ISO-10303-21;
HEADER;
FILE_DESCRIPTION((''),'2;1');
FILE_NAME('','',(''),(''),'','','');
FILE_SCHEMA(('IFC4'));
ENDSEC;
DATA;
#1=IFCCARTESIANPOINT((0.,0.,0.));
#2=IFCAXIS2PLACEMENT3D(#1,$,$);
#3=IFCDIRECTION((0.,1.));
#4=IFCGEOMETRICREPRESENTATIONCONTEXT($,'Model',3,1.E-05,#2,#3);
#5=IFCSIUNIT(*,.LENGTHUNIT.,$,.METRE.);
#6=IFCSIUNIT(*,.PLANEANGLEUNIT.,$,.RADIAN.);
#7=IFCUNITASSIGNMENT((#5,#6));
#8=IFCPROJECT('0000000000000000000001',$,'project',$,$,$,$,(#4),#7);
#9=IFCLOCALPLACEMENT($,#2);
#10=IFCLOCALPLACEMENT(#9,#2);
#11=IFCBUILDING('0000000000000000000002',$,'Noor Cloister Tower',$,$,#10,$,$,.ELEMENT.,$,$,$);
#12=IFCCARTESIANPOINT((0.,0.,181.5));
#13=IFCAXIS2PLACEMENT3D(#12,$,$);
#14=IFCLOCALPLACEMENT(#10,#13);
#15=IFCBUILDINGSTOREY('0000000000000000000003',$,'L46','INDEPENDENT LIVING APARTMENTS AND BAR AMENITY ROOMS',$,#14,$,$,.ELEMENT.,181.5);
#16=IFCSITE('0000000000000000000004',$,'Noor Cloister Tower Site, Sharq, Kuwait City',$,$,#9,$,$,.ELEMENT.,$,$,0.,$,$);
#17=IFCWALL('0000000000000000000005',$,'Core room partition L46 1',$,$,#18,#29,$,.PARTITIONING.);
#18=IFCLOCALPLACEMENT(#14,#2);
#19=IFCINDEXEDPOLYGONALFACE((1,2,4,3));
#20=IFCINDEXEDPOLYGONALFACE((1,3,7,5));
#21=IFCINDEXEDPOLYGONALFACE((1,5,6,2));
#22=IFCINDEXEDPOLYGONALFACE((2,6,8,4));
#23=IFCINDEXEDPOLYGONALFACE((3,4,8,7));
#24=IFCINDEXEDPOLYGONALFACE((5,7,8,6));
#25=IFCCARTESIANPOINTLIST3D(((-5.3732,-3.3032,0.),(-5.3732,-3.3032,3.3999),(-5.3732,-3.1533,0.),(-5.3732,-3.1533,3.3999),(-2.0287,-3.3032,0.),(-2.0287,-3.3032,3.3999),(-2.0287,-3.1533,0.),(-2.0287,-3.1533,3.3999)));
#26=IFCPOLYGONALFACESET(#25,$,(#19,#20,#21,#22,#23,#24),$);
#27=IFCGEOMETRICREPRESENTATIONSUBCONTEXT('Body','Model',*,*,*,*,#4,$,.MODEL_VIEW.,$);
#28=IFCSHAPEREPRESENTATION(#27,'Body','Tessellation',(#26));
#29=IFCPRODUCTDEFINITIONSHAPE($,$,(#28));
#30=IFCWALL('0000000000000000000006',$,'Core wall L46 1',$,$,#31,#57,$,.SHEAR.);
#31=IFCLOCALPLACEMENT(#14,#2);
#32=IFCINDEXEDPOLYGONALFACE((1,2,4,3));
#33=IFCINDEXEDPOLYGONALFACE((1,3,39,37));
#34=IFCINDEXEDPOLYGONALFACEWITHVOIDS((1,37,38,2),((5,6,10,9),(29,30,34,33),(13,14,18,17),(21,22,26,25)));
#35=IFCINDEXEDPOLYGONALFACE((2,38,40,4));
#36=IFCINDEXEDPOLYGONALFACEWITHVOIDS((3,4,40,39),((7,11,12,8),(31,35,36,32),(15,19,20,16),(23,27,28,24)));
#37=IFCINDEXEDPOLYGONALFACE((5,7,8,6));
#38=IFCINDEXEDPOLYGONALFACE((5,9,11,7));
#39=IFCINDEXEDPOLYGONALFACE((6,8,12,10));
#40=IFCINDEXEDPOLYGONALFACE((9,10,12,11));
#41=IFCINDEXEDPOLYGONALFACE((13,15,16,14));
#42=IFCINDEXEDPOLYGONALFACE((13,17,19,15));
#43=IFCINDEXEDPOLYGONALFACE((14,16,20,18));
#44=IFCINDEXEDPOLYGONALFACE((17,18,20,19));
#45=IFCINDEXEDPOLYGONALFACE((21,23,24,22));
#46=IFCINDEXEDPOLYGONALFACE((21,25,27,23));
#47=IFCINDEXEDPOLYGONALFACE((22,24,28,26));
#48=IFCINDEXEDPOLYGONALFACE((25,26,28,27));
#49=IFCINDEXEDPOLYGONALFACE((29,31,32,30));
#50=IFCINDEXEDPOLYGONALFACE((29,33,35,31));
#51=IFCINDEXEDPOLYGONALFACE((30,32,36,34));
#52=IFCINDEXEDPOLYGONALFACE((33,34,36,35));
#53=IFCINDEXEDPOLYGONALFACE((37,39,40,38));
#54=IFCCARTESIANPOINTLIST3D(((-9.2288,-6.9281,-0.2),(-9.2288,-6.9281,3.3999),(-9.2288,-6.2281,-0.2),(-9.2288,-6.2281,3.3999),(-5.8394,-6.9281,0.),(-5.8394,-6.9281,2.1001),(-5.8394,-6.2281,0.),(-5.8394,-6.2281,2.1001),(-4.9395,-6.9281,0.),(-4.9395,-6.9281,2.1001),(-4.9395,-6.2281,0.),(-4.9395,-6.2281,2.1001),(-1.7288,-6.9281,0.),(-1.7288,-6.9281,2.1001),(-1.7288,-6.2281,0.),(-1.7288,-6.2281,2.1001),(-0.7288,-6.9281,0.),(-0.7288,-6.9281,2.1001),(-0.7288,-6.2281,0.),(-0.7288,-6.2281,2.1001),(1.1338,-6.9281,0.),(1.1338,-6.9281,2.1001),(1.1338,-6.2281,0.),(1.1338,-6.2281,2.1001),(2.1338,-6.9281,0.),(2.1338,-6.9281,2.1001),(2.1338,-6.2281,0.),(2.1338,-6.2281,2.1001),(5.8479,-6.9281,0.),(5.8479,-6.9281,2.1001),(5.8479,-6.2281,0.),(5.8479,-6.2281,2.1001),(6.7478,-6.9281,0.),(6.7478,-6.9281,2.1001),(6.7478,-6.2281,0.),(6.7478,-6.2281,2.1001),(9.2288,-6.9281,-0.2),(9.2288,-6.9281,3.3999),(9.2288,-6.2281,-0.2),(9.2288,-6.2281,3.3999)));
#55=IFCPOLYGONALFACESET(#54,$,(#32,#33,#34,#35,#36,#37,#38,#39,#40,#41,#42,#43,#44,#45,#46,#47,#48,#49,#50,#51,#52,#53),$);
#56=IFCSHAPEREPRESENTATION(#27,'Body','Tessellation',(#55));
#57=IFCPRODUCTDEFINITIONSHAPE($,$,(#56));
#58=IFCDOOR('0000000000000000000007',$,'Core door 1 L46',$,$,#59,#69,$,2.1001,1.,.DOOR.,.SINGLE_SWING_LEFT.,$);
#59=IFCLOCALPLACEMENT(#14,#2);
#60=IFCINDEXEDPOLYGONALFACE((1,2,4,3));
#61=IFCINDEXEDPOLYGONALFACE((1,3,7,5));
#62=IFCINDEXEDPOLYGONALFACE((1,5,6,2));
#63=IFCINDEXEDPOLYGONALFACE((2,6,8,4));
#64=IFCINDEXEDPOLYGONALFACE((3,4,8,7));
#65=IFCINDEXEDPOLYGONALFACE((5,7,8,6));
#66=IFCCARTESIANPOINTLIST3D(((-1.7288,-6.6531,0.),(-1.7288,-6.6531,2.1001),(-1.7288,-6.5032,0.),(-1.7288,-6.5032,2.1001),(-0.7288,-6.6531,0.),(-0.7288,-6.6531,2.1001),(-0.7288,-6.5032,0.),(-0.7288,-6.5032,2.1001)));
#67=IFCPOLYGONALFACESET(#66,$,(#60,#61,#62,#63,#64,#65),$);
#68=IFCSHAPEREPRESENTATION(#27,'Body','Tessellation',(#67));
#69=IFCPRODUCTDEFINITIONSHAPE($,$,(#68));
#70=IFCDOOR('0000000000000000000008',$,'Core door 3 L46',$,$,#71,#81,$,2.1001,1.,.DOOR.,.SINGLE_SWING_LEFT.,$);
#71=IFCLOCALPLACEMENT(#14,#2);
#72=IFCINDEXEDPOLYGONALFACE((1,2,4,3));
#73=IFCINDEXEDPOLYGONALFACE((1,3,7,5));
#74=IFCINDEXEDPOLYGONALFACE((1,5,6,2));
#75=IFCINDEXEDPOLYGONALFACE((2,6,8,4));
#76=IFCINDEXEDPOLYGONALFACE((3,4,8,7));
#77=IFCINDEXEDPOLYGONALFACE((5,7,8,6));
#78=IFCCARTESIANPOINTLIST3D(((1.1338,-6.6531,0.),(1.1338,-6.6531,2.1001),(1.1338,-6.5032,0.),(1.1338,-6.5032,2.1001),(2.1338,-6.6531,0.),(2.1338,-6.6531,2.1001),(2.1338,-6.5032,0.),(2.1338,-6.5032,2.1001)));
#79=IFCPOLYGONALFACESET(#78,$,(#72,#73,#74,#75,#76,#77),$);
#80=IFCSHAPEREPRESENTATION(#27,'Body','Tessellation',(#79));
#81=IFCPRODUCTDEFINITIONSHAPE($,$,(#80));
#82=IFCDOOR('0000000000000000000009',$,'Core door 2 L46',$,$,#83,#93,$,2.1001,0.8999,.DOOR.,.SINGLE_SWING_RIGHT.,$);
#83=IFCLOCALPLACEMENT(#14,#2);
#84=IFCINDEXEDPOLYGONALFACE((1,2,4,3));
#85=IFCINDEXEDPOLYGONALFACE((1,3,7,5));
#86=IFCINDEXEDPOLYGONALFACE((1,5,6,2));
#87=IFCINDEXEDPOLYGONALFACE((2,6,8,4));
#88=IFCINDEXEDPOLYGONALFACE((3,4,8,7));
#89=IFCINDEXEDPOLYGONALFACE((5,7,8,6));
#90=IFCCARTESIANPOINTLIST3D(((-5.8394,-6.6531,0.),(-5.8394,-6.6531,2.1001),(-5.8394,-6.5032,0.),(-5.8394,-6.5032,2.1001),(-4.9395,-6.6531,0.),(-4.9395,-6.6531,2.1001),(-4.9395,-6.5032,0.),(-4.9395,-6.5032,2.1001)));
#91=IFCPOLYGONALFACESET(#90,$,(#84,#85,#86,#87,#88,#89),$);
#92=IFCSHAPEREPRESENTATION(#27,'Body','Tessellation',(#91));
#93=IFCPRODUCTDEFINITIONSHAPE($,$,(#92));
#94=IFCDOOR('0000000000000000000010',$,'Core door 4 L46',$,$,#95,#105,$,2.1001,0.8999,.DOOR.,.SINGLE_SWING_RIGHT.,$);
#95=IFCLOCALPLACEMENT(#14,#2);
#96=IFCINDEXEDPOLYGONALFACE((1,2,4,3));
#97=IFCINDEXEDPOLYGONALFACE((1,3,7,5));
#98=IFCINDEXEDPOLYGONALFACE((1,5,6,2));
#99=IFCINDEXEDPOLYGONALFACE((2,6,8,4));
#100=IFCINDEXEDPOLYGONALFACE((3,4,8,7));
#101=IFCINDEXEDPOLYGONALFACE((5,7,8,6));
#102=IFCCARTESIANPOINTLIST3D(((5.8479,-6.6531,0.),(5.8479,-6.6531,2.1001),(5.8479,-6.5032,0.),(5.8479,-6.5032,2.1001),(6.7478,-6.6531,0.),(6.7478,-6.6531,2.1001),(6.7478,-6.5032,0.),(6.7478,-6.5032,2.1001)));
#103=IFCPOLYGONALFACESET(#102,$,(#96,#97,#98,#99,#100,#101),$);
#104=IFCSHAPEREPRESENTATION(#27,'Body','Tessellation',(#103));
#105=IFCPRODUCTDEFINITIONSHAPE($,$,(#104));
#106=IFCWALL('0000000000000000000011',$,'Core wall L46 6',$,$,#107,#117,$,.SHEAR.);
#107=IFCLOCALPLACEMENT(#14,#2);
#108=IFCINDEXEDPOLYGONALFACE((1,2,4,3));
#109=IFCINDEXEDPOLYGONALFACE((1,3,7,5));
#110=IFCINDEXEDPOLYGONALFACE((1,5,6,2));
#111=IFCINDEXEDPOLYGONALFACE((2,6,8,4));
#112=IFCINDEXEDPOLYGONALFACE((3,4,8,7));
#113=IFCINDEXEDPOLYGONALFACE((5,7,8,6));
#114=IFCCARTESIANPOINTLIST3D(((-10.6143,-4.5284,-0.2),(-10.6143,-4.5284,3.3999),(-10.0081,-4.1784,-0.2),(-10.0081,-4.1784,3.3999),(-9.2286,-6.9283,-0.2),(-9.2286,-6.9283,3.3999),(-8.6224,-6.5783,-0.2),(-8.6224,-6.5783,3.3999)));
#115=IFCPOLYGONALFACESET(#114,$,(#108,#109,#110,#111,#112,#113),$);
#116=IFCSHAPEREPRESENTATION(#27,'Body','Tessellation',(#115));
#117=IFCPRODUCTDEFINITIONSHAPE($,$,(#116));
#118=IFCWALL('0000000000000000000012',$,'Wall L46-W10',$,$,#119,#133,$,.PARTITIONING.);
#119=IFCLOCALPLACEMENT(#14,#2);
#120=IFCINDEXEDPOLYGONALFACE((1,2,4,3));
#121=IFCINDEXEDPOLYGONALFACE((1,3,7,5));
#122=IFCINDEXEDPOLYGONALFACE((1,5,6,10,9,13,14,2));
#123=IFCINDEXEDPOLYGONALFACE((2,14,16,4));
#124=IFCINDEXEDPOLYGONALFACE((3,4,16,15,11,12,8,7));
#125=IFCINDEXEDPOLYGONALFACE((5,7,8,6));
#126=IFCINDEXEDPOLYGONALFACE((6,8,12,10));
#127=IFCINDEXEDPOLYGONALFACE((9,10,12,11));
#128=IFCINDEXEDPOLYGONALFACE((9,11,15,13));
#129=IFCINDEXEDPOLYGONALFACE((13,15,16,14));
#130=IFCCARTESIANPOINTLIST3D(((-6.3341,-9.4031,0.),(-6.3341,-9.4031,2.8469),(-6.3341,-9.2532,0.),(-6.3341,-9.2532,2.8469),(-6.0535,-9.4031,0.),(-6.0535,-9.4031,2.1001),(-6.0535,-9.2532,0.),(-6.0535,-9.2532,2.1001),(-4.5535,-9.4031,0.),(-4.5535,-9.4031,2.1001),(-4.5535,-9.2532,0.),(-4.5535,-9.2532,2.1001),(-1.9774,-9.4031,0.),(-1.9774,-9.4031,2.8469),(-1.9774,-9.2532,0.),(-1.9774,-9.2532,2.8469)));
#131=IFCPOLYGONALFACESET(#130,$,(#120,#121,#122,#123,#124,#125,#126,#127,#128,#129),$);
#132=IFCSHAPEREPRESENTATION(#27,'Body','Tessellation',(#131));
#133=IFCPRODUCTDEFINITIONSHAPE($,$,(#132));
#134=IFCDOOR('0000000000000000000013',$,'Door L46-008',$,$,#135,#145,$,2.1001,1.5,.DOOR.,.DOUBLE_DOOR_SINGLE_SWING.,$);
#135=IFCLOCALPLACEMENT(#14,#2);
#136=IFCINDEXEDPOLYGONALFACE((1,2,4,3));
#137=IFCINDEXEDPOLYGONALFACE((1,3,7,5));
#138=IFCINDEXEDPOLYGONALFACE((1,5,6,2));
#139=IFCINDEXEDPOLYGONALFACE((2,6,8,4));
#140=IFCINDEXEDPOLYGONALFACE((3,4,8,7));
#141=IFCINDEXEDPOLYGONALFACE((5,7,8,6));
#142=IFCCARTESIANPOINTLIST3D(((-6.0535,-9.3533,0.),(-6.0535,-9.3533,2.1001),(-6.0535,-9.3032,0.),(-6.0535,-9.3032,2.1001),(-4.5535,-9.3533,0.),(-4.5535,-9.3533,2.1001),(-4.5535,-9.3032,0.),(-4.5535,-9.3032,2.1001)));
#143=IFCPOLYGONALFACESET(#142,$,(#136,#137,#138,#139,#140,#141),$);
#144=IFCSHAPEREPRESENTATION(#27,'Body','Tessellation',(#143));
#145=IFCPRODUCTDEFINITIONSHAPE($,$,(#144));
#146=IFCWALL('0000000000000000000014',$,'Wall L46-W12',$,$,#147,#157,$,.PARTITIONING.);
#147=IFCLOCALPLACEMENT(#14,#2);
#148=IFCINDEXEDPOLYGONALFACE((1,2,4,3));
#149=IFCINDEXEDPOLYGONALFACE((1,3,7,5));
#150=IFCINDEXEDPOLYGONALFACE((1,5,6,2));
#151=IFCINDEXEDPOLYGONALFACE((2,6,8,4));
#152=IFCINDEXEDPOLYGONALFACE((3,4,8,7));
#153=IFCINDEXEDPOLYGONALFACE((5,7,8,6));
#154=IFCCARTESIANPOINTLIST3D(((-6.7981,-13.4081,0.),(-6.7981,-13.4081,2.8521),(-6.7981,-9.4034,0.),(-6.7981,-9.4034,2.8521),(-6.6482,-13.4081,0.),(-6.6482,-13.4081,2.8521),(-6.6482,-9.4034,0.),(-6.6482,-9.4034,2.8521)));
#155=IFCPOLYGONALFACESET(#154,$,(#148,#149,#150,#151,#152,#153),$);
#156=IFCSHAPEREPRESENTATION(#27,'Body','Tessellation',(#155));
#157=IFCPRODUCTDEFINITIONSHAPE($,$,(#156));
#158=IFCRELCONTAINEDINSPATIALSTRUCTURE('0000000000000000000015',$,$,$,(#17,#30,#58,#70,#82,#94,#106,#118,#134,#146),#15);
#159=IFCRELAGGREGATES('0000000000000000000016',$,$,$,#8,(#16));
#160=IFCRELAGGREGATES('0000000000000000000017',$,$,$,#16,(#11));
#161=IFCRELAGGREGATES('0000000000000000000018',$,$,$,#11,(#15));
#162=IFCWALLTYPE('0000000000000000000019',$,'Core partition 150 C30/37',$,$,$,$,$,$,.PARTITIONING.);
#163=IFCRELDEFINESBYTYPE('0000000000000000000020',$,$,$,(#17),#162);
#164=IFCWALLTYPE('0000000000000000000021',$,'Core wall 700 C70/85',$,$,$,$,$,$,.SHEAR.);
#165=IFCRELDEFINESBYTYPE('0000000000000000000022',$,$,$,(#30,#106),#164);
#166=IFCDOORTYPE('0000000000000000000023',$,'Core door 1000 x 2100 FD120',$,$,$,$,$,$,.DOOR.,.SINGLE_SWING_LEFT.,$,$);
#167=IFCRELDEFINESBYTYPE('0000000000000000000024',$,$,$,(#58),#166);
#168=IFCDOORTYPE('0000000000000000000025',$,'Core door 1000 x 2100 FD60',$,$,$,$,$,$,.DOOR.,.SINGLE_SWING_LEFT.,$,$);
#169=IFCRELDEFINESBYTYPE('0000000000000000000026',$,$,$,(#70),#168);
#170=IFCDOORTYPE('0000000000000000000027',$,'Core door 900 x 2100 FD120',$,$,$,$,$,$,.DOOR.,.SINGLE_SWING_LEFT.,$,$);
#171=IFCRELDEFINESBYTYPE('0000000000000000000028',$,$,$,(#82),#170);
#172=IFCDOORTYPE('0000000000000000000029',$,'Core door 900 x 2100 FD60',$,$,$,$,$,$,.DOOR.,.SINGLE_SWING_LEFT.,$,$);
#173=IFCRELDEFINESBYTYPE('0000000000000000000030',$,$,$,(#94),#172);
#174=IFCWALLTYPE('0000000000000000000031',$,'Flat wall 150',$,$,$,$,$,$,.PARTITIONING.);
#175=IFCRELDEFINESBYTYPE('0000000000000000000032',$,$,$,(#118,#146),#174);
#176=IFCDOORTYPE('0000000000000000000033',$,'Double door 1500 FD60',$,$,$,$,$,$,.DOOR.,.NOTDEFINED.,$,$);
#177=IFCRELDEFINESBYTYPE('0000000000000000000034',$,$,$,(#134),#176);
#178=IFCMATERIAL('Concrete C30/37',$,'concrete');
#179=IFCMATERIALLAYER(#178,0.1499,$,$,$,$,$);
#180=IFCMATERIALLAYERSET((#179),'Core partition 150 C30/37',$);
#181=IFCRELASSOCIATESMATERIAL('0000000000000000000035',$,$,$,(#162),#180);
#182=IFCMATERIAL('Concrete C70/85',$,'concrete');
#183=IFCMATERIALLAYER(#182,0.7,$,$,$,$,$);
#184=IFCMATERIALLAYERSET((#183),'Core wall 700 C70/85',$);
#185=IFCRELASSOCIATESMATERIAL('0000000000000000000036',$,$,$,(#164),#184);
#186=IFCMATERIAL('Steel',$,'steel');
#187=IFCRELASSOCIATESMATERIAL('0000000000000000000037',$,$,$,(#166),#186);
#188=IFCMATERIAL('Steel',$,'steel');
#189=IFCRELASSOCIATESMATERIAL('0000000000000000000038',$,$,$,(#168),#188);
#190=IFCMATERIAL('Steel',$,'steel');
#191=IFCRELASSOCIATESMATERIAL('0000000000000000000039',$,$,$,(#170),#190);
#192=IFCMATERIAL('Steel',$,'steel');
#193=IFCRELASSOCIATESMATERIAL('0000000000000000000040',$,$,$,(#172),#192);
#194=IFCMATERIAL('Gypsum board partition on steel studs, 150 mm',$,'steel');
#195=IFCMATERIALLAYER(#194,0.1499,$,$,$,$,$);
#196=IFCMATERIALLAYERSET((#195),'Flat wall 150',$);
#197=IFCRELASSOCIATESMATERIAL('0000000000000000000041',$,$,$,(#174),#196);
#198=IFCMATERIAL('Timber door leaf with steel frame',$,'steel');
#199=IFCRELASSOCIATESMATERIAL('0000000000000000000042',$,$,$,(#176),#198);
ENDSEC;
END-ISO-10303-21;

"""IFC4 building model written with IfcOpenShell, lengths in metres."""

from ifc_helpers import new_model, si_unit, direction, frame, frame_2d, origin, place, context, subcontext, project, spatial, rectangle, extrude, material, layer, layer_set, type_object, element, fill, save


model = new_model("IFC4")

# Units and contexts
model_context = context("Model", 3, precision=1e-05, world=origin(), true_north=direction((0.0, 1.0)))
body_context = subcontext(model_context, "Body", "Model", "MODEL_VIEW")
ifc_project = project(units=[si_unit("LENGTHUNIT", "METRE"), si_unit("PLANEANGLEUNIT", "RADIAN")], contexts=[model_context])

# Site, building, storey
site_placement = place(None, origin())
site = spatial("IfcSite", under=ifc_project, at=site_placement, Name="Noor Cloister Tower Site, Sharq, Kuwait City", CompositionType="ELEMENT", RefElevation=0.0)
building_placement = place(site_placement, origin())
building = spatial("IfcBuilding", under=site, at=building_placement, Name="Noor Cloister Tower", CompositionType="ELEMENT")
storey_placement = place(building_placement, frame((0.0, 0.0, 181.5)))
storey = spatial("IfcBuildingStorey", under=building, at=storey_placement, Name="L46", Description="INDEPENDENT LIVING APARTMENTS AND BAR AMENITY ROOMS", CompositionType="ELEMENT", Elevation=181.5)

# Wall
ifc_material_1 = material(Name="Concrete C30/37", Category="concrete")
ifc_layer_1 = layer(ifc_material_1, 0.1499)
ifc_layer_set_1 = layer_set([ifc_layer_1], Name="Core partition 150 C30/37")
wall_type_1 = type_object("IfcWallType", Name="Core partition 150 C30/37", PredefinedType="PARTITIONING", material=ifc_layer_set_1)
wall_1_placement = place(storey_placement, frame((-5.3733, -3.2283, 0.0), z_axis=(0.0, 0.0, 1.0), x_axis=(1.0, 0.0, 0.0)))
element("IfcWall", 1, at=wall_1_placement, inside=storey, type_object=wall_type_1, Name="Core room partition L46 1", PredefinedType="PARTITIONING", context=body_context, shape_type="SweptSolid", body=[
    extrude(rectangle(XDim=3.3445, YDim=0.1499, at=frame_2d((1.6724, 0.0))), origin(), (0.0, 0.0, 1.0), 3.3999),
])

# Wall, openings, doors
ifc_material_2 = material(Name="Concrete C70/85", Category="concrete")
ifc_layer_2 = layer(ifc_material_2, 0.7)
ifc_layer_set_2 = layer_set([ifc_layer_2], Name="Core wall 700 C70/85")
wall_type_2 = type_object("IfcWallType", Name="Core wall 700 C70/85", PredefinedType="SHEAR", material=ifc_layer_set_2)
wall_2_placement = place(storey_placement, frame((-9.2288, -6.5781, -0.2), z_axis=(0.0, 0.0, 1.0), x_axis=(1.0, 0.0, 0.0)))
wall_2 = element("IfcWall", 2, at=wall_2_placement, inside=storey, type_object=wall_type_2, Name="Core wall L46 1", PredefinedType="SHEAR", context=body_context, shape_type="SweptSolid", body=[
    extrude(rectangle(XDim=18.4575, YDim=0.7, at=frame_2d((9.2288, 0.0))), origin(), (0.0, 0.0, 1.0), 3.5999),
])
opening_1_placement = place(wall_2_placement, frame((7.5, 0.0, 0.2)))
opening_1 = element("IfcOpeningElement", 3, at=opening_1_placement, cuts=wall_2, PredefinedType="OPENING", context=body_context, shape_type="SweptSolid", body=[
    extrude(rectangle(XDim=1.0, YDim=2.1001, at=frame_2d((0.5, 1.05))), frame((0.0, 0.3599, 0.0), z_axis=(0.0, -1.0, 0.0), x_axis=(1.0, 0.0, 0.0)), (0.0, 0.0, 1.0), 0.72),
])
opening_2_placement = place(wall_2_placement, frame((3.3894, 0.0, 0.2)))
opening_2 = element("IfcOpeningElement", 4, at=opening_2_placement, cuts=wall_2, PredefinedType="OPENING", context=body_context, shape_type="SweptSolid", body=[
    extrude(rectangle(XDim=0.8999, YDim=2.1001, at=frame_2d((0.45, 1.05))), frame((0.0, 0.3599, 0.0), z_axis=(0.0, -1.0, 0.0), x_axis=(1.0, 0.0, 0.0)), (0.0, 0.0, 1.0), 0.72),
])
opening_3_placement = place(wall_2_placement, frame((10.3625, 0.0, 0.2)))
opening_3 = element("IfcOpeningElement", 5, at=opening_3_placement, cuts=wall_2, PredefinedType="OPENING", context=body_context, shape_type="SweptSolid", body=[
    extrude(rectangle(XDim=1.0, YDim=2.1001, at=frame_2d((0.5, 1.05))), frame((0.0, 0.3599, 0.0), z_axis=(0.0, -1.0, 0.0), x_axis=(1.0, 0.0, 0.0)), (0.0, 0.0, 1.0), 0.72),
])
opening_4_placement = place(wall_2_placement, frame((15.0767, 0.0, 0.2)))
opening_4 = element("IfcOpeningElement", 6, at=opening_4_placement, cuts=wall_2, PredefinedType="OPENING", context=body_context, shape_type="SweptSolid", body=[
    extrude(rectangle(XDim=0.8999, YDim=2.1001, at=frame_2d((0.45, 1.05))), frame((0.0, 0.3599, 0.0), z_axis=(0.0, -1.0, 0.0), x_axis=(1.0, 0.0, 0.0)), (0.0, 0.0, 1.0), 0.72),
])
ifc_material_3 = material(Name="Steel", Category="steel")
door_type_1 = type_object("IfcDoorType", Name="Core door 1000 x 2100 FD120", OperationType="SINGLE_SWING_LEFT", PredefinedType="DOOR", material=ifc_material_3)
door_1_placement = place(opening_1_placement, origin())
door_1 = element("IfcDoor", 7, at=door_1_placement, inside=storey, type_object=door_type_1, Name="Core door 1 L46", OperationType="SINGLE_SWING_LEFT", OverallHeight=2.1001, OverallWidth=1.0, PredefinedType="DOOR", context=body_context, shape_type="SweptSolid", body=[
    extrude(rectangle(XDim=1.0, YDim=2.1001, at=frame_2d((0.5, 1.05))), frame((0.0, 0.075, 0.0), z_axis=(0.0, -1.0, 0.0), x_axis=(1.0, 0.0, 0.0)), (0.0, 0.0, 1.0), 0.1499),
])
fill(opening_1, door_1)
ifc_material_4 = material(Name="Steel", Category="steel")
door_type_2 = type_object("IfcDoorType", Name="Core door 1000 x 2100 FD60", OperationType="SINGLE_SWING_LEFT", PredefinedType="DOOR", material=ifc_material_4)
door_2_placement = place(opening_3_placement, origin())
door_2 = element("IfcDoor", 8, at=door_2_placement, inside=storey, type_object=door_type_2, Name="Core door 3 L46", OperationType="SINGLE_SWING_LEFT", OverallHeight=2.1001, OverallWidth=1.0, PredefinedType="DOOR", context=body_context, shape_type="SweptSolid", body=[
    extrude(rectangle(XDim=1.0, YDim=2.1001, at=frame_2d((0.5, 1.05))), frame((0.0, 0.075, 0.0), z_axis=(0.0, -1.0, 0.0), x_axis=(1.0, 0.0, 0.0)), (0.0, 0.0, 1.0), 0.1499),
])
fill(opening_3, door_2)
ifc_material_5 = material(Name="Steel", Category="steel")
door_type_3 = type_object("IfcDoorType", Name="Core door 900 x 2100 FD120", OperationType="SINGLE_SWING_LEFT", PredefinedType="DOOR", material=ifc_material_5)
door_3_placement = place(opening_2_placement, origin())
door_3 = element("IfcDoor", 9, at=door_3_placement, inside=storey, type_object=door_type_3, Name="Core door 2 L46", OperationType="SINGLE_SWING_RIGHT", OverallHeight=2.1001, OverallWidth=0.8999, PredefinedType="DOOR", context=body_context, shape_type="SweptSolid", body=[
    extrude(rectangle(XDim=0.8999, YDim=2.1001, at=frame_2d((0.45, 1.05))), frame((0.0, 0.075, 0.0), z_axis=(0.0, -1.0, 0.0), x_axis=(1.0, 0.0, 0.0)), (0.0, 0.0, 1.0), 0.1499),
])
fill(opening_2, door_3)
ifc_material_6 = material(Name="Steel", Category="steel")
door_type_4 = type_object("IfcDoorType", Name="Core door 900 x 2100 FD60", OperationType="SINGLE_SWING_LEFT", PredefinedType="DOOR", material=ifc_material_6)
door_4_placement = place(opening_4_placement, origin())
door_4 = element("IfcDoor", 10, at=door_4_placement, inside=storey, type_object=door_type_4, Name="Core door 4 L46", OperationType="SINGLE_SWING_RIGHT", OverallHeight=2.1001, OverallWidth=0.8999, PredefinedType="DOOR", context=body_context, shape_type="SweptSolid", body=[
    extrude(rectangle(XDim=0.8999, YDim=2.1001, at=frame_2d((0.45, 1.05))), frame((0.0, 0.075, 0.0), z_axis=(0.0, -1.0, 0.0), x_axis=(1.0, 0.0, 0.0)), (0.0, 0.0, 1.0), 0.1499),
])
fill(opening_4, door_4)

# Wall
wall_3_placement = place(storey_placement, frame((-10.3113, -4.3533, -0.2), z_axis=(0.0, 0.0, 1.0), x_axis=(0.500043, -0.866001, 0.0)))
element("IfcWall", 11, at=wall_3_placement, inside=storey, type_object=wall_type_2, Name="Core wall L46 6", PredefinedType="SHEAR", context=body_context, shape_type="SweptSolid", body=[
    extrude(rectangle(XDim=2.7712, YDim=0.7, at=frame_2d((1.3857, 0.0))), origin(), (0.0, 0.0, 1.0), 3.5999),
])

# Wall, opening, door
ifc_material_7 = material(Name="Gypsum board partition on steel studs, 150 mm", Category="steel")
ifc_layer_3 = layer(ifc_material_7, 0.1499)
ifc_layer_set_3 = layer_set([ifc_layer_3], Name="Flat wall 150")
wall_type_3 = type_object("IfcWallType", Name="Flat wall 150", PredefinedType="PARTITIONING", material=ifc_layer_set_3)
wall_4_placement = place(storey_placement, frame((-6.334, -9.3281, 0.0), z_axis=(0.0, 0.0, 1.0), x_axis=(1.0, 0.0, 0.0)))
wall_4 = element("IfcWall", 12, at=wall_4_placement, inside=storey, type_object=wall_type_3, Name="Wall L46-W10", PredefinedType="PARTITIONING", context=body_context, shape_type="SweptSolid", body=[
    extrude(rectangle(XDim=4.3567, YDim=0.1499, at=frame_2d((2.1782, 0.0))), origin(), (0.0, 0.0, 1.0), 2.8469),
])
opening_5_placement = place(wall_4_placement, frame((0.2805, 0.0, 0.0)))
opening_5 = element("IfcOpeningElement", 13, at=opening_5_placement, cuts=wall_4, PredefinedType="OPENING", context=body_context, shape_type="SweptSolid", body=[
    extrude(rectangle(XDim=1.5, YDim=2.1001, at=frame_2d((0.75, 1.05))), frame((0.0, 0.085, 0.0), z_axis=(0.0, -1.0, 0.0), x_axis=(1.0, 0.0, 0.0)), (0.0, 0.0, 1.0), 0.1699),
])
ifc_material_8 = material(Name="Timber door leaf with steel frame", Category="steel")
door_type_5 = type_object("IfcDoorType", Name="Double door 1500 FD60", OperationType="NOTDEFINED", PredefinedType="DOOR", material=ifc_material_8)
door_5_placement = place(opening_5_placement, origin())
door_5 = element("IfcDoor", 14, at=door_5_placement, inside=storey, type_object=door_type_5, Name="Door L46-008", OperationType="DOUBLE_DOOR_SINGLE_SWING", OverallHeight=2.1001, OverallWidth=1.5, PredefinedType="DOOR", context=body_context, shape_type="SweptSolid", body=[
    extrude(rectangle(XDim=1.5, YDim=2.1001, at=frame_2d((0.75, 1.05))), frame((0.0, 0.0249, 0.0), z_axis=(0.0, -1.0, 0.0), x_axis=(1.0, 0.0, 0.0)), (0.0, 0.0, 1.0), 0.05),
])
fill(opening_5, door_5)

# Wall
wall_5_placement = place(storey_placement, frame((-6.7231, -9.4033, 0.0), z_axis=(0.0, 0.0, 1.0), x_axis=(0.0, -1.0, 0.0)))
element("IfcWall", 15, at=wall_5_placement, inside=storey, type_object=wall_type_3, Name="Wall L46-W12", PredefinedType="PARTITIONING", context=body_context, shape_type="SweptSolid", body=[
    extrude(rectangle(XDim=4.0046, YDim=0.1499, at=frame_2d((2.0024, 0.0))), origin(), (0.0, 0.0, 1.0), 2.8521),
])

save(model, "model.ifc")
